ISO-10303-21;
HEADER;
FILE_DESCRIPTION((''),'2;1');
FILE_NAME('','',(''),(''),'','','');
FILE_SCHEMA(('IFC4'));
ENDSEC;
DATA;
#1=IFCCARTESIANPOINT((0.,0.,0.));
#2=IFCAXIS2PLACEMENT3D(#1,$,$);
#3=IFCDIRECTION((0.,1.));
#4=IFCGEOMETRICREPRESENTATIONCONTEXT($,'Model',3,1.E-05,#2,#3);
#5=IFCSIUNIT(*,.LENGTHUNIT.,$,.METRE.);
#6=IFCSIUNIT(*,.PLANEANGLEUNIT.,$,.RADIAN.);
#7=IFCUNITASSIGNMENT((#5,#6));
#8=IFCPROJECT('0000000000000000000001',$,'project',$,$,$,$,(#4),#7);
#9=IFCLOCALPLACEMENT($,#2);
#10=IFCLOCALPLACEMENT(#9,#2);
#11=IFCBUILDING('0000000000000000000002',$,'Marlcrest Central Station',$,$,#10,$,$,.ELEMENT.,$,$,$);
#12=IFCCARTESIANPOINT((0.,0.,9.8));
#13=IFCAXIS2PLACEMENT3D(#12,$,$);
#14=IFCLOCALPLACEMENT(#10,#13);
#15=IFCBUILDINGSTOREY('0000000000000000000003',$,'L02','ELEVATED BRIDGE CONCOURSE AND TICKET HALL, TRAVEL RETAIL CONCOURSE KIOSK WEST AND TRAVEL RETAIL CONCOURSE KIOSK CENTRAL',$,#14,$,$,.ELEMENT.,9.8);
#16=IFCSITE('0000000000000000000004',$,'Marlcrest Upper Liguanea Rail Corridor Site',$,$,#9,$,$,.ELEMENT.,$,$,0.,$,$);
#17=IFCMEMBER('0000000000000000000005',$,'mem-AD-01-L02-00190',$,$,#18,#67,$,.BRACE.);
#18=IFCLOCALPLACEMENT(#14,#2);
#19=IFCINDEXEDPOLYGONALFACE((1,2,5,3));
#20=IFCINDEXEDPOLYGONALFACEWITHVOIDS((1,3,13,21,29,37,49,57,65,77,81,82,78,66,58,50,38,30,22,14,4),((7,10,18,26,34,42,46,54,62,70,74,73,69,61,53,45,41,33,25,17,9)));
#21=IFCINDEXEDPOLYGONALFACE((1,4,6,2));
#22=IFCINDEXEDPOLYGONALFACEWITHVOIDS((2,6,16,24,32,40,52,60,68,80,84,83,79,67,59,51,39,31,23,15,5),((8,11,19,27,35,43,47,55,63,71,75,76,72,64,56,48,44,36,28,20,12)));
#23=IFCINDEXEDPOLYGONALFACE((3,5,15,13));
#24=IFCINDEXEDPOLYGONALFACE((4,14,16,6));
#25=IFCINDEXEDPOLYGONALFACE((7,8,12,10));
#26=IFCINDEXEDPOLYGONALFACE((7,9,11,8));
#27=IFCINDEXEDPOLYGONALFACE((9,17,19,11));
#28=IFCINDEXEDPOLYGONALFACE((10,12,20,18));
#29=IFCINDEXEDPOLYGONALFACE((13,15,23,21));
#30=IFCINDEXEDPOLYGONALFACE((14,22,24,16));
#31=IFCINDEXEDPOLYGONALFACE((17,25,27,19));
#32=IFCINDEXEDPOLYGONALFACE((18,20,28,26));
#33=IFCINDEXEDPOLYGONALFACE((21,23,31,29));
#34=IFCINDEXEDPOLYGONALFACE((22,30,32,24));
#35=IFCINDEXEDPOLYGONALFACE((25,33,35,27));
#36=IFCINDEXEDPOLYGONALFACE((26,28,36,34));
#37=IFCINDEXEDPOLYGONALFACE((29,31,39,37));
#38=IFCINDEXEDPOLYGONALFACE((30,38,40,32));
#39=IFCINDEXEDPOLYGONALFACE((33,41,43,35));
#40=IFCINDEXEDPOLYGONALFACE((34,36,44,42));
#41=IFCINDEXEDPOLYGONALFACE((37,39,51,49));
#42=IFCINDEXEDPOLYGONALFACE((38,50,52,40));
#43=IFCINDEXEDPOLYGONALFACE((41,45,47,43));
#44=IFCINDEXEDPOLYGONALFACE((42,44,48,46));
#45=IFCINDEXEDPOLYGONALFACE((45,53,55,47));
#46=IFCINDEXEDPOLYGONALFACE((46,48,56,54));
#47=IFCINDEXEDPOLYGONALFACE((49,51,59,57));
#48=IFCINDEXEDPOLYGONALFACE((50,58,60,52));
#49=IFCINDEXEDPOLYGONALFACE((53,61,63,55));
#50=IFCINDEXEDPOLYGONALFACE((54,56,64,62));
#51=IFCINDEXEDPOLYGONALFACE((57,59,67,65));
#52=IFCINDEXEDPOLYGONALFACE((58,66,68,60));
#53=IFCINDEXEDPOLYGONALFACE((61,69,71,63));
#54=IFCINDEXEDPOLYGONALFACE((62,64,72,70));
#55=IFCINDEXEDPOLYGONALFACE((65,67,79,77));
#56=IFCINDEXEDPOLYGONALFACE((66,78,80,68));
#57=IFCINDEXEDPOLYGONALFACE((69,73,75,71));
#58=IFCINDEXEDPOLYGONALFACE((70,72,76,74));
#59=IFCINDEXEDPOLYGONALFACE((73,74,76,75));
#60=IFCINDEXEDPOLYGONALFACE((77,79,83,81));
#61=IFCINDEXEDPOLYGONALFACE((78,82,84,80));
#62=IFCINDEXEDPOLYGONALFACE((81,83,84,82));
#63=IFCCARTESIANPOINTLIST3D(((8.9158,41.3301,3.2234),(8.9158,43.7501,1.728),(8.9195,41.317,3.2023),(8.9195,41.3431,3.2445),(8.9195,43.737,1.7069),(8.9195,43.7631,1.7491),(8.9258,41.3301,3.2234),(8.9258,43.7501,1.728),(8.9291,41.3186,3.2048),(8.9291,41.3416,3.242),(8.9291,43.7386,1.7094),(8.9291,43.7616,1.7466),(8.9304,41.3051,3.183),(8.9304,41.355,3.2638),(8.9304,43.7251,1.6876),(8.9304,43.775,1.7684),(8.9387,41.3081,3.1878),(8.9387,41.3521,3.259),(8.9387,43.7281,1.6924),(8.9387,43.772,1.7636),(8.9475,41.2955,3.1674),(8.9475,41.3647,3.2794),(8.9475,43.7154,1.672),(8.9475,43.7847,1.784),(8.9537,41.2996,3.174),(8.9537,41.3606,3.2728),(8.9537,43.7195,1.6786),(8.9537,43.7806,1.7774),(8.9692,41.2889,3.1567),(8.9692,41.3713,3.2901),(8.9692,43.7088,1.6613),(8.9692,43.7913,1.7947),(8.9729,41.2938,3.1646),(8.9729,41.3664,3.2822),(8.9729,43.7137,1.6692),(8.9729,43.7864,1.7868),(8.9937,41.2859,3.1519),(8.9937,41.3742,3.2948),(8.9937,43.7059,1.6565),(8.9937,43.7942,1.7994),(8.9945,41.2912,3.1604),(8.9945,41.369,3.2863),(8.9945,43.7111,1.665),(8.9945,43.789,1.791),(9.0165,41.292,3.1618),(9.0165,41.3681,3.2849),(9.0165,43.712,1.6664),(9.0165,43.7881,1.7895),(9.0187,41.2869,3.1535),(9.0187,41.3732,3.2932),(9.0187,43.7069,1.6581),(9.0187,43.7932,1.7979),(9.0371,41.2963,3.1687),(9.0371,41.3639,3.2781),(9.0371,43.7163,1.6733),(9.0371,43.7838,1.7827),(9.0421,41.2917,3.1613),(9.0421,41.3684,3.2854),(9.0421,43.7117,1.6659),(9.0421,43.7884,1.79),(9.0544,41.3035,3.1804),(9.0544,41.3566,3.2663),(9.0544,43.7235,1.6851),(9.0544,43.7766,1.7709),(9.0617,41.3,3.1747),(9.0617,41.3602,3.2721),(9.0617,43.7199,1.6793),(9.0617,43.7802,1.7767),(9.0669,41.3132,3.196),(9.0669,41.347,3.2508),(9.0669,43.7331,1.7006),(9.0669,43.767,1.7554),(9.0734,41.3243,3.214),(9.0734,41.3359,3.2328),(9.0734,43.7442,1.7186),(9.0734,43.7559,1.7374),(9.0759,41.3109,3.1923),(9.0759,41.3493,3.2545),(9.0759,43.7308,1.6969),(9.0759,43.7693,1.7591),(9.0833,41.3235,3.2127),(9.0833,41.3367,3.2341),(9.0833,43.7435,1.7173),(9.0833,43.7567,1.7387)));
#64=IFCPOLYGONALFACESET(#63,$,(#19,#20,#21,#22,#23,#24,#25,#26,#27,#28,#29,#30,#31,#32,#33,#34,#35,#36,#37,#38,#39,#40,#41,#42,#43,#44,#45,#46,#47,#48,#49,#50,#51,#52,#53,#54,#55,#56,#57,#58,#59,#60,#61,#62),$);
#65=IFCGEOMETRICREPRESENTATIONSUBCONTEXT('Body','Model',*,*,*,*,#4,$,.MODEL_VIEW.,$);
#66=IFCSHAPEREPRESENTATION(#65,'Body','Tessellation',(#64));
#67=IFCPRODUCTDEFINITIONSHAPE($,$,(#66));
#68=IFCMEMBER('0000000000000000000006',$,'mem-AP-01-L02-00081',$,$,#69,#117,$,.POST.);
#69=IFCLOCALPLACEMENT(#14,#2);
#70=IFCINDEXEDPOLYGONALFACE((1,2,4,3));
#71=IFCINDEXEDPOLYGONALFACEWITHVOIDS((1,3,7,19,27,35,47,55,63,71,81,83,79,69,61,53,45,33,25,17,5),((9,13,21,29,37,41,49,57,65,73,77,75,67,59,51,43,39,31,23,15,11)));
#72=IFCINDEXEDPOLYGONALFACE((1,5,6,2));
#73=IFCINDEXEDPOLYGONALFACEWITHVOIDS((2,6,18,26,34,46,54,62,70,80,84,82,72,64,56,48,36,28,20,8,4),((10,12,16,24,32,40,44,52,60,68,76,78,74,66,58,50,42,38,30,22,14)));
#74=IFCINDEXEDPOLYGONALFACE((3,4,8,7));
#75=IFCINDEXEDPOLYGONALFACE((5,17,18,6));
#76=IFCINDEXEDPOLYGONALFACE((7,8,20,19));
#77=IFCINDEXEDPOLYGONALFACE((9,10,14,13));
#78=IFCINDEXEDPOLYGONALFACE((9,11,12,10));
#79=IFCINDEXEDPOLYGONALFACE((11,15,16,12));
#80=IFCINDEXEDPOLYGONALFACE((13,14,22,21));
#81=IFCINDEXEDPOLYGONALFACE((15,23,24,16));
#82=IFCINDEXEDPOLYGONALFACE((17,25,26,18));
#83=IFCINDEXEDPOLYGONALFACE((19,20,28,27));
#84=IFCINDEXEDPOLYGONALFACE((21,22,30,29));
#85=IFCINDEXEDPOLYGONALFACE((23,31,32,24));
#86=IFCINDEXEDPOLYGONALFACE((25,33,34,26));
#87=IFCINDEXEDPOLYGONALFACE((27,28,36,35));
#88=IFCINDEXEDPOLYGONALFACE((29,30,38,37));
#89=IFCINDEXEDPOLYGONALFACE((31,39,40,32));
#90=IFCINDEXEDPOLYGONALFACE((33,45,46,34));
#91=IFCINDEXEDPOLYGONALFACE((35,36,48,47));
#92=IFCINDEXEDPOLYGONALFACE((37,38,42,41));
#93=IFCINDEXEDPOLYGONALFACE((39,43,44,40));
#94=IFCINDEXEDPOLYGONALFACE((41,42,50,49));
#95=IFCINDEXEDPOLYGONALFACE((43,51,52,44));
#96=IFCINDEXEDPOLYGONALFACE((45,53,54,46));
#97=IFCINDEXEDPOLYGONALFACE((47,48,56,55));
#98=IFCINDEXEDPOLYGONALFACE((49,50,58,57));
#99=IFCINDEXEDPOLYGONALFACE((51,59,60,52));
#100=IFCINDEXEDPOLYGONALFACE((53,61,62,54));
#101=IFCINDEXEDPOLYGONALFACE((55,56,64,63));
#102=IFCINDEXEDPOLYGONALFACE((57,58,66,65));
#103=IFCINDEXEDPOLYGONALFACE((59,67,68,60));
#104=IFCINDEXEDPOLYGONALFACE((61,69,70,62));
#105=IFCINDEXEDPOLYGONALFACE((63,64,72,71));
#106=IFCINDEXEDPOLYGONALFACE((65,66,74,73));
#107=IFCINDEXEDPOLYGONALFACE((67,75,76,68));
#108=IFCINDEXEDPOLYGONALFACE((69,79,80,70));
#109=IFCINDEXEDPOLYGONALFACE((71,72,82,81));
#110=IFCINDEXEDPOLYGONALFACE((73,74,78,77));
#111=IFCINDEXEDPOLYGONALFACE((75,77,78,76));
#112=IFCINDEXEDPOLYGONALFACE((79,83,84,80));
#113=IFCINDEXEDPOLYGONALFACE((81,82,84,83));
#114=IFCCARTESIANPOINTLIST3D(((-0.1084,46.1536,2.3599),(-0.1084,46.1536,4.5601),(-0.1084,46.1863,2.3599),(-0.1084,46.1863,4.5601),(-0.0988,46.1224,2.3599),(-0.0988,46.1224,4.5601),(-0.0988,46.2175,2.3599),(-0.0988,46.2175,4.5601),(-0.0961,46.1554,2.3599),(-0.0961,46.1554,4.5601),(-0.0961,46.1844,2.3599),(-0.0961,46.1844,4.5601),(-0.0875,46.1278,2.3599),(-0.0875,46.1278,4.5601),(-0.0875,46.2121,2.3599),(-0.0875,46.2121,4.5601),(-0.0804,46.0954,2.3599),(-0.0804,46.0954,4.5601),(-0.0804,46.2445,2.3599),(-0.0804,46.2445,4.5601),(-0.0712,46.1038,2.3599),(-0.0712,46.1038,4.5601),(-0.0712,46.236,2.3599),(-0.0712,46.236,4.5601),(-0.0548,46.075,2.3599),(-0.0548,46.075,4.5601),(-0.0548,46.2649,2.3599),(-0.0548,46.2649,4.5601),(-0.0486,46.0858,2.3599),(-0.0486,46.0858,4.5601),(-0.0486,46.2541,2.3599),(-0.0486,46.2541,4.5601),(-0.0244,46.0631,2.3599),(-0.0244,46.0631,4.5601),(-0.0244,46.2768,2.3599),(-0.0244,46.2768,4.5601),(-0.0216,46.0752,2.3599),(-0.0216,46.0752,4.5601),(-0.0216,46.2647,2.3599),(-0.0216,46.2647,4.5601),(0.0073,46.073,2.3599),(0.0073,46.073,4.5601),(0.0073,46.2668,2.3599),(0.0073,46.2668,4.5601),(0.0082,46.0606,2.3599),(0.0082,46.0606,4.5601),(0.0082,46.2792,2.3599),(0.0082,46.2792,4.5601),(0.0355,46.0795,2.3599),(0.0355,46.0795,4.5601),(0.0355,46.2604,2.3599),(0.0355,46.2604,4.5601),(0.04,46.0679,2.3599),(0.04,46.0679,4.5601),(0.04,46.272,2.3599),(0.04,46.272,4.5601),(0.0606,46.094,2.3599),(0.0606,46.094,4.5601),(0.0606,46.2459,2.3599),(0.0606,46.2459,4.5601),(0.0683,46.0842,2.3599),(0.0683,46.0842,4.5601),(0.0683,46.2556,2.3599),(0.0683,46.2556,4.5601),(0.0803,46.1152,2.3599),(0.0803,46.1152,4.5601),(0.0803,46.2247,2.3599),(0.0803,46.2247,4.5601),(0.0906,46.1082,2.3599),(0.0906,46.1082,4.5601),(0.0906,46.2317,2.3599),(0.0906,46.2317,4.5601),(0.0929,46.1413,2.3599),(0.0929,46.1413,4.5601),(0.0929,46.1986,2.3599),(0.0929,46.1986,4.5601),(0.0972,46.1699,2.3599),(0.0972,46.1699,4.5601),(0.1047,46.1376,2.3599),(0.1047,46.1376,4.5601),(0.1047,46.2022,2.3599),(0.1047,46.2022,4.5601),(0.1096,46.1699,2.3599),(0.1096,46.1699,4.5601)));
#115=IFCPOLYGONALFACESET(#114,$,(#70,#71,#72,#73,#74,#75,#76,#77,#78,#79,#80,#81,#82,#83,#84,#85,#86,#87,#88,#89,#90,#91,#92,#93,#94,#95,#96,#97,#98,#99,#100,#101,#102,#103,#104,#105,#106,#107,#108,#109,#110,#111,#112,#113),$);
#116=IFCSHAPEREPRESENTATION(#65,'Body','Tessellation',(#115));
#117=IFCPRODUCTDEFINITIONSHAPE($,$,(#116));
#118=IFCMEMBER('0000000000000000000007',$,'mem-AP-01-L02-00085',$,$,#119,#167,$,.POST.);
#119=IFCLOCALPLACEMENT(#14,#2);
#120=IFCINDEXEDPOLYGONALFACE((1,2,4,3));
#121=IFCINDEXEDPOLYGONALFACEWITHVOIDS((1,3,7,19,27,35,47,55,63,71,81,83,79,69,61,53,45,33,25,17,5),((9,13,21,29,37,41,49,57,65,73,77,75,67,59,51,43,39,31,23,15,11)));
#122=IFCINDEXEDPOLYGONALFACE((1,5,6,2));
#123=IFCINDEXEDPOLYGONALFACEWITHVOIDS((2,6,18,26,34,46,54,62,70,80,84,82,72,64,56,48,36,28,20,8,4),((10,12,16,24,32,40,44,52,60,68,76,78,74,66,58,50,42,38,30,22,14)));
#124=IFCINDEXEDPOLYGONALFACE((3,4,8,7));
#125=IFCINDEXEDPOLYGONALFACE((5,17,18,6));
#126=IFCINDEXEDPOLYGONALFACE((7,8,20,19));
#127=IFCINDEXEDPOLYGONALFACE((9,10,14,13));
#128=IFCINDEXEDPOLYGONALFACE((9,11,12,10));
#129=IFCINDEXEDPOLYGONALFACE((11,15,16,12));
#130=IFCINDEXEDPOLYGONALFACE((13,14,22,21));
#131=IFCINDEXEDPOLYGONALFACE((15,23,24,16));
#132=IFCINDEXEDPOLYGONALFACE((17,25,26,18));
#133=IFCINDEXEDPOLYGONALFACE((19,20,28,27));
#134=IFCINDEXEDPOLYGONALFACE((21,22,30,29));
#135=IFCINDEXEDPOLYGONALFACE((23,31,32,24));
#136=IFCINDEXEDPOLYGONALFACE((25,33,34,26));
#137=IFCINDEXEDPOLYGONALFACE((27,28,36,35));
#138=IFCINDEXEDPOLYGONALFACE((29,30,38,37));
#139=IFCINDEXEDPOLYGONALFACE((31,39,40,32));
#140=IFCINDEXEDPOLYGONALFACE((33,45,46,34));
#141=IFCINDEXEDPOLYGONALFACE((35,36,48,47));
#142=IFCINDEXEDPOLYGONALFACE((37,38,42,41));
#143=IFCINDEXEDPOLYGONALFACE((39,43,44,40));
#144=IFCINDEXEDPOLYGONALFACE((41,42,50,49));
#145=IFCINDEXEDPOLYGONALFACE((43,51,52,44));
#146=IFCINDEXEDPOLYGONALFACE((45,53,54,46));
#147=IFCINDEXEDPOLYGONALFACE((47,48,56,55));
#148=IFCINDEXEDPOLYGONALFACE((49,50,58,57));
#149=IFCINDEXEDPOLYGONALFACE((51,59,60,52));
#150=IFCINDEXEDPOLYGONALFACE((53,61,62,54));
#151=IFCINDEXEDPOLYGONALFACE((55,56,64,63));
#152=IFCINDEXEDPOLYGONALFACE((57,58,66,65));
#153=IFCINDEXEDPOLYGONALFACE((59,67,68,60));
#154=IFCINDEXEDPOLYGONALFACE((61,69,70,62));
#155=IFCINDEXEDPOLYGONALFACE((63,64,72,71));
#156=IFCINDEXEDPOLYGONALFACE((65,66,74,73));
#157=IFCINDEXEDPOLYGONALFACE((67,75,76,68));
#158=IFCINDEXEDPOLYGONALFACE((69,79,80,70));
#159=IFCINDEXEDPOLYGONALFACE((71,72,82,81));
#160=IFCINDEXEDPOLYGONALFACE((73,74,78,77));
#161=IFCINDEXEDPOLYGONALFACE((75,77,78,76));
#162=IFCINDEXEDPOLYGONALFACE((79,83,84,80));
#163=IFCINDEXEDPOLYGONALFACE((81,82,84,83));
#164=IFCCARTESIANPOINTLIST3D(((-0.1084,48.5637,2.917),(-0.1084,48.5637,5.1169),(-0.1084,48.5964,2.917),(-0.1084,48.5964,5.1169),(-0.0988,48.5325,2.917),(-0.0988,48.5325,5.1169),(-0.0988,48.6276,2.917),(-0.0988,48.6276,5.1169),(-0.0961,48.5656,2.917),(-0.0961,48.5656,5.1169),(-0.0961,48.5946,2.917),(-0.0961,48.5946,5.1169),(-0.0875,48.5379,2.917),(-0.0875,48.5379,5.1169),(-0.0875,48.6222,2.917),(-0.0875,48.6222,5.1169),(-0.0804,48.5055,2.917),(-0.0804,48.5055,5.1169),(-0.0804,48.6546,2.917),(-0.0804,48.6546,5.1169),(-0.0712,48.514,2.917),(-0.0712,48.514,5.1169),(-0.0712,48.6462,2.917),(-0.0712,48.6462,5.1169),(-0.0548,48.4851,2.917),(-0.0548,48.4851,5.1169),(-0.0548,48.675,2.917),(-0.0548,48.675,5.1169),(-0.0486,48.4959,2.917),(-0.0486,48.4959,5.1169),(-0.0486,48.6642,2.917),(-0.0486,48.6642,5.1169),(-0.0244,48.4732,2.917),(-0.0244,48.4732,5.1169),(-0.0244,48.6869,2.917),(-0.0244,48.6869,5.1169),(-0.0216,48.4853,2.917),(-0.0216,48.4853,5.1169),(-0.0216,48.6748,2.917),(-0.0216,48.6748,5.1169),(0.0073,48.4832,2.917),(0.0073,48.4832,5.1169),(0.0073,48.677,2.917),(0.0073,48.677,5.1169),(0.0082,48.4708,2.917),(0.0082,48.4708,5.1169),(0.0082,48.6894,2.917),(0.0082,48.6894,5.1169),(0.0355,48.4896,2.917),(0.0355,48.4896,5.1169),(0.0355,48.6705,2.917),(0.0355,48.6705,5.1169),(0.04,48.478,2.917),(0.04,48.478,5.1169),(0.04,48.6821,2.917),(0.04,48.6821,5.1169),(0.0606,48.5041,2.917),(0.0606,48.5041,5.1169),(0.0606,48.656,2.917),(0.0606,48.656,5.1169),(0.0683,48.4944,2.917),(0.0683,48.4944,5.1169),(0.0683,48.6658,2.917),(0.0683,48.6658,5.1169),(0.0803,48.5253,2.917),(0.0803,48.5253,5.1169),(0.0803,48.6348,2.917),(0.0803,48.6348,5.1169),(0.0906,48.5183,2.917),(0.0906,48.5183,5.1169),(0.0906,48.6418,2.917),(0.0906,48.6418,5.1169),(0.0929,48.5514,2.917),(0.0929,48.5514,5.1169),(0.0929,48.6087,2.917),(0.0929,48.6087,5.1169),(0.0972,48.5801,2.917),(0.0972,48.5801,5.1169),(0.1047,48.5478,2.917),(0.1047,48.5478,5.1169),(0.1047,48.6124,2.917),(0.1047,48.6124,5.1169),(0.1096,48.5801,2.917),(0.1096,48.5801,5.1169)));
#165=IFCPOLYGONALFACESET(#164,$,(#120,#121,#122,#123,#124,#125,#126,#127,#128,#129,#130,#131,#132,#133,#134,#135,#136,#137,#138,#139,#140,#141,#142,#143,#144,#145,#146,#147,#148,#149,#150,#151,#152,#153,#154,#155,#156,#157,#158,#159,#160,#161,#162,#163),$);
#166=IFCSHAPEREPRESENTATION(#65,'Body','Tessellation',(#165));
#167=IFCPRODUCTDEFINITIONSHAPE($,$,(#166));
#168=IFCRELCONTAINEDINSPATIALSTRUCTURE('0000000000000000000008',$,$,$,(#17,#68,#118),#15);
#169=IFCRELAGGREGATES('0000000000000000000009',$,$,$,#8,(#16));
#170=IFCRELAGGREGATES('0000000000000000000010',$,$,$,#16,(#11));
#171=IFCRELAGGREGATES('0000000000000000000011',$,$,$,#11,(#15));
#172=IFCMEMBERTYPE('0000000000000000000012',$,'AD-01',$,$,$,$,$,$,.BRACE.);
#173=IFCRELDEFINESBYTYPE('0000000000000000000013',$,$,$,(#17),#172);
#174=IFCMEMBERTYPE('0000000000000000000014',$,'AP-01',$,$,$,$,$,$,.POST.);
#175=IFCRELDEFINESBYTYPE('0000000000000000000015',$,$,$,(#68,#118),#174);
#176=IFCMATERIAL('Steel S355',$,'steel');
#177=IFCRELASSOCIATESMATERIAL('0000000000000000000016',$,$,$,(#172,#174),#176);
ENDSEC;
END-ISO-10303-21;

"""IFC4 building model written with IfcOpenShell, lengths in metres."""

from ifc_helpers import new_model, si_unit, direction, frame, origin, origin_2d, place, context, subcontext, project, spatial, hollow_circle, extrude, material, material_profile, profile_set, type_object, element, save


model = new_model("IFC4")

# Units and contexts
model_context = context("Model", 3, precision=1e-05, world=origin(), true_north=direction((0.0, 1.0)))
body_context = subcontext(model_context, "Body", "Model", "MODEL_VIEW")
ifc_project = project(units=[si_unit("LENGTHUNIT", "METRE"), si_unit("PLANEANGLEUNIT", "RADIAN")], contexts=[model_context])

# Site, building, storey
site_placement = place(None, origin())
site = spatial("IfcSite", under=ifc_project, at=site_placement, Name="Marlcrest Upper Liguanea Rail Corridor Site", CompositionType="ELEMENT", RefElevation=0.0)
building_placement = place(site_placement, origin())
building = spatial("IfcBuilding", under=site, at=building_placement, Name="Marlcrest Central Station", CompositionType="ELEMENT")
storey_placement = place(building_placement, frame((0.0, 0.0, 9.8)))
storey = spatial("IfcBuildingStorey", under=building, at=storey_placement, Name="L02", Description="ELEVATED BRIDGE CONCOURSE AND TICKET HALL, TRAVEL RETAIL CONCOURSE KIOSK WEST AND TRAVEL RETAIL CONCOURSE KIOSK CENTRAL", CompositionType="ELEMENT", Elevation=9.8)

# Members
ifc_material_1 = material(Name="Steel S355", Category="steel")
ifc_material_profile_1 = material_profile(ifc_material_1, hollow_circle(Radius=0.0842, WallThickness=0.01, at=origin_2d()), Name="CHS 168.3x10")
ifc_profile_set_1 = profile_set([ifc_material_profile_1], Name="Steel S355")
member_type_1 = type_object("IfcMemberType", Name="AD-01", PredefinedType="BRACE", material=ifc_profile_set_1)
member_1_placement = place(storey_placement, frame((9.0, 41.3301, 3.2234), z_axis=(0.0, 0.850687, -0.525672), x_axis=(-1.0, 0.0, 0.0)))
element("IfcMember", 1, at=member_1_placement, inside=storey, type_object=member_type_1, Name="mem-AD-01-L02-00190", PredefinedType="BRACE", context=body_context, shape_type="SweptSolid", body=[
    extrude(hollow_circle(Radius=0.0842, WallThickness=0.01, at=origin_2d()), origin(), (0.0, 0.0, 1.0), 2.8447),
])
ifc_material_profile_2 = material_profile(ifc_material_1, hollow_circle(Radius=0.1096, WallThickness=0.0125, at=origin_2d()), Name="CHS 219.1x12.5")
ifc_profile_set_2 = profile_set([ifc_material_profile_2], Name="Steel S355")
member_type_2 = type_object("IfcMemberType", Name="AP-01", PredefinedType="POST", material=ifc_profile_set_2)
member_2_placement = place(storey_placement, frame((0.0, 46.1699, 2.3599), z_axis=(0.0, 0.0, 1.0), x_axis=(1.0, 0.0, 0.0)))
element("IfcMember", 2, at=member_2_placement, inside=storey, type_object=member_type_2, Name="mem-AP-01-L02-00081", PredefinedType="POST", context=body_context, shape_type="SweptSolid", body=[
    extrude(hollow_circle(Radius=0.1096, WallThickness=0.0125, at=origin_2d()), origin(), (0.0, 0.0, 1.0), 2.2002),
])
for number, where, z_axis, x_axis, name in (
    (3, (0.0, 48.5801, 2.917), (0.0, 0.0, 1.0), (1.0, 0.0, 0.0), "mem-AP-01-L02-00085"),
):
    element("IfcMember", number, at=place(storey_placement, frame(where, z_axis=z_axis, x_axis=x_axis)), inside=storey, type_object=member_type_2, Name=name, PredefinedType="POST", context=body_context, shape_type="SweptSolid", body=[
        extrude(hollow_circle(Radius=0.1096, WallThickness=0.0125, at=origin_2d()), origin(), (0.0, 0.0, 1.0), 2.2),
    ])

save(model, "model.ifc")
